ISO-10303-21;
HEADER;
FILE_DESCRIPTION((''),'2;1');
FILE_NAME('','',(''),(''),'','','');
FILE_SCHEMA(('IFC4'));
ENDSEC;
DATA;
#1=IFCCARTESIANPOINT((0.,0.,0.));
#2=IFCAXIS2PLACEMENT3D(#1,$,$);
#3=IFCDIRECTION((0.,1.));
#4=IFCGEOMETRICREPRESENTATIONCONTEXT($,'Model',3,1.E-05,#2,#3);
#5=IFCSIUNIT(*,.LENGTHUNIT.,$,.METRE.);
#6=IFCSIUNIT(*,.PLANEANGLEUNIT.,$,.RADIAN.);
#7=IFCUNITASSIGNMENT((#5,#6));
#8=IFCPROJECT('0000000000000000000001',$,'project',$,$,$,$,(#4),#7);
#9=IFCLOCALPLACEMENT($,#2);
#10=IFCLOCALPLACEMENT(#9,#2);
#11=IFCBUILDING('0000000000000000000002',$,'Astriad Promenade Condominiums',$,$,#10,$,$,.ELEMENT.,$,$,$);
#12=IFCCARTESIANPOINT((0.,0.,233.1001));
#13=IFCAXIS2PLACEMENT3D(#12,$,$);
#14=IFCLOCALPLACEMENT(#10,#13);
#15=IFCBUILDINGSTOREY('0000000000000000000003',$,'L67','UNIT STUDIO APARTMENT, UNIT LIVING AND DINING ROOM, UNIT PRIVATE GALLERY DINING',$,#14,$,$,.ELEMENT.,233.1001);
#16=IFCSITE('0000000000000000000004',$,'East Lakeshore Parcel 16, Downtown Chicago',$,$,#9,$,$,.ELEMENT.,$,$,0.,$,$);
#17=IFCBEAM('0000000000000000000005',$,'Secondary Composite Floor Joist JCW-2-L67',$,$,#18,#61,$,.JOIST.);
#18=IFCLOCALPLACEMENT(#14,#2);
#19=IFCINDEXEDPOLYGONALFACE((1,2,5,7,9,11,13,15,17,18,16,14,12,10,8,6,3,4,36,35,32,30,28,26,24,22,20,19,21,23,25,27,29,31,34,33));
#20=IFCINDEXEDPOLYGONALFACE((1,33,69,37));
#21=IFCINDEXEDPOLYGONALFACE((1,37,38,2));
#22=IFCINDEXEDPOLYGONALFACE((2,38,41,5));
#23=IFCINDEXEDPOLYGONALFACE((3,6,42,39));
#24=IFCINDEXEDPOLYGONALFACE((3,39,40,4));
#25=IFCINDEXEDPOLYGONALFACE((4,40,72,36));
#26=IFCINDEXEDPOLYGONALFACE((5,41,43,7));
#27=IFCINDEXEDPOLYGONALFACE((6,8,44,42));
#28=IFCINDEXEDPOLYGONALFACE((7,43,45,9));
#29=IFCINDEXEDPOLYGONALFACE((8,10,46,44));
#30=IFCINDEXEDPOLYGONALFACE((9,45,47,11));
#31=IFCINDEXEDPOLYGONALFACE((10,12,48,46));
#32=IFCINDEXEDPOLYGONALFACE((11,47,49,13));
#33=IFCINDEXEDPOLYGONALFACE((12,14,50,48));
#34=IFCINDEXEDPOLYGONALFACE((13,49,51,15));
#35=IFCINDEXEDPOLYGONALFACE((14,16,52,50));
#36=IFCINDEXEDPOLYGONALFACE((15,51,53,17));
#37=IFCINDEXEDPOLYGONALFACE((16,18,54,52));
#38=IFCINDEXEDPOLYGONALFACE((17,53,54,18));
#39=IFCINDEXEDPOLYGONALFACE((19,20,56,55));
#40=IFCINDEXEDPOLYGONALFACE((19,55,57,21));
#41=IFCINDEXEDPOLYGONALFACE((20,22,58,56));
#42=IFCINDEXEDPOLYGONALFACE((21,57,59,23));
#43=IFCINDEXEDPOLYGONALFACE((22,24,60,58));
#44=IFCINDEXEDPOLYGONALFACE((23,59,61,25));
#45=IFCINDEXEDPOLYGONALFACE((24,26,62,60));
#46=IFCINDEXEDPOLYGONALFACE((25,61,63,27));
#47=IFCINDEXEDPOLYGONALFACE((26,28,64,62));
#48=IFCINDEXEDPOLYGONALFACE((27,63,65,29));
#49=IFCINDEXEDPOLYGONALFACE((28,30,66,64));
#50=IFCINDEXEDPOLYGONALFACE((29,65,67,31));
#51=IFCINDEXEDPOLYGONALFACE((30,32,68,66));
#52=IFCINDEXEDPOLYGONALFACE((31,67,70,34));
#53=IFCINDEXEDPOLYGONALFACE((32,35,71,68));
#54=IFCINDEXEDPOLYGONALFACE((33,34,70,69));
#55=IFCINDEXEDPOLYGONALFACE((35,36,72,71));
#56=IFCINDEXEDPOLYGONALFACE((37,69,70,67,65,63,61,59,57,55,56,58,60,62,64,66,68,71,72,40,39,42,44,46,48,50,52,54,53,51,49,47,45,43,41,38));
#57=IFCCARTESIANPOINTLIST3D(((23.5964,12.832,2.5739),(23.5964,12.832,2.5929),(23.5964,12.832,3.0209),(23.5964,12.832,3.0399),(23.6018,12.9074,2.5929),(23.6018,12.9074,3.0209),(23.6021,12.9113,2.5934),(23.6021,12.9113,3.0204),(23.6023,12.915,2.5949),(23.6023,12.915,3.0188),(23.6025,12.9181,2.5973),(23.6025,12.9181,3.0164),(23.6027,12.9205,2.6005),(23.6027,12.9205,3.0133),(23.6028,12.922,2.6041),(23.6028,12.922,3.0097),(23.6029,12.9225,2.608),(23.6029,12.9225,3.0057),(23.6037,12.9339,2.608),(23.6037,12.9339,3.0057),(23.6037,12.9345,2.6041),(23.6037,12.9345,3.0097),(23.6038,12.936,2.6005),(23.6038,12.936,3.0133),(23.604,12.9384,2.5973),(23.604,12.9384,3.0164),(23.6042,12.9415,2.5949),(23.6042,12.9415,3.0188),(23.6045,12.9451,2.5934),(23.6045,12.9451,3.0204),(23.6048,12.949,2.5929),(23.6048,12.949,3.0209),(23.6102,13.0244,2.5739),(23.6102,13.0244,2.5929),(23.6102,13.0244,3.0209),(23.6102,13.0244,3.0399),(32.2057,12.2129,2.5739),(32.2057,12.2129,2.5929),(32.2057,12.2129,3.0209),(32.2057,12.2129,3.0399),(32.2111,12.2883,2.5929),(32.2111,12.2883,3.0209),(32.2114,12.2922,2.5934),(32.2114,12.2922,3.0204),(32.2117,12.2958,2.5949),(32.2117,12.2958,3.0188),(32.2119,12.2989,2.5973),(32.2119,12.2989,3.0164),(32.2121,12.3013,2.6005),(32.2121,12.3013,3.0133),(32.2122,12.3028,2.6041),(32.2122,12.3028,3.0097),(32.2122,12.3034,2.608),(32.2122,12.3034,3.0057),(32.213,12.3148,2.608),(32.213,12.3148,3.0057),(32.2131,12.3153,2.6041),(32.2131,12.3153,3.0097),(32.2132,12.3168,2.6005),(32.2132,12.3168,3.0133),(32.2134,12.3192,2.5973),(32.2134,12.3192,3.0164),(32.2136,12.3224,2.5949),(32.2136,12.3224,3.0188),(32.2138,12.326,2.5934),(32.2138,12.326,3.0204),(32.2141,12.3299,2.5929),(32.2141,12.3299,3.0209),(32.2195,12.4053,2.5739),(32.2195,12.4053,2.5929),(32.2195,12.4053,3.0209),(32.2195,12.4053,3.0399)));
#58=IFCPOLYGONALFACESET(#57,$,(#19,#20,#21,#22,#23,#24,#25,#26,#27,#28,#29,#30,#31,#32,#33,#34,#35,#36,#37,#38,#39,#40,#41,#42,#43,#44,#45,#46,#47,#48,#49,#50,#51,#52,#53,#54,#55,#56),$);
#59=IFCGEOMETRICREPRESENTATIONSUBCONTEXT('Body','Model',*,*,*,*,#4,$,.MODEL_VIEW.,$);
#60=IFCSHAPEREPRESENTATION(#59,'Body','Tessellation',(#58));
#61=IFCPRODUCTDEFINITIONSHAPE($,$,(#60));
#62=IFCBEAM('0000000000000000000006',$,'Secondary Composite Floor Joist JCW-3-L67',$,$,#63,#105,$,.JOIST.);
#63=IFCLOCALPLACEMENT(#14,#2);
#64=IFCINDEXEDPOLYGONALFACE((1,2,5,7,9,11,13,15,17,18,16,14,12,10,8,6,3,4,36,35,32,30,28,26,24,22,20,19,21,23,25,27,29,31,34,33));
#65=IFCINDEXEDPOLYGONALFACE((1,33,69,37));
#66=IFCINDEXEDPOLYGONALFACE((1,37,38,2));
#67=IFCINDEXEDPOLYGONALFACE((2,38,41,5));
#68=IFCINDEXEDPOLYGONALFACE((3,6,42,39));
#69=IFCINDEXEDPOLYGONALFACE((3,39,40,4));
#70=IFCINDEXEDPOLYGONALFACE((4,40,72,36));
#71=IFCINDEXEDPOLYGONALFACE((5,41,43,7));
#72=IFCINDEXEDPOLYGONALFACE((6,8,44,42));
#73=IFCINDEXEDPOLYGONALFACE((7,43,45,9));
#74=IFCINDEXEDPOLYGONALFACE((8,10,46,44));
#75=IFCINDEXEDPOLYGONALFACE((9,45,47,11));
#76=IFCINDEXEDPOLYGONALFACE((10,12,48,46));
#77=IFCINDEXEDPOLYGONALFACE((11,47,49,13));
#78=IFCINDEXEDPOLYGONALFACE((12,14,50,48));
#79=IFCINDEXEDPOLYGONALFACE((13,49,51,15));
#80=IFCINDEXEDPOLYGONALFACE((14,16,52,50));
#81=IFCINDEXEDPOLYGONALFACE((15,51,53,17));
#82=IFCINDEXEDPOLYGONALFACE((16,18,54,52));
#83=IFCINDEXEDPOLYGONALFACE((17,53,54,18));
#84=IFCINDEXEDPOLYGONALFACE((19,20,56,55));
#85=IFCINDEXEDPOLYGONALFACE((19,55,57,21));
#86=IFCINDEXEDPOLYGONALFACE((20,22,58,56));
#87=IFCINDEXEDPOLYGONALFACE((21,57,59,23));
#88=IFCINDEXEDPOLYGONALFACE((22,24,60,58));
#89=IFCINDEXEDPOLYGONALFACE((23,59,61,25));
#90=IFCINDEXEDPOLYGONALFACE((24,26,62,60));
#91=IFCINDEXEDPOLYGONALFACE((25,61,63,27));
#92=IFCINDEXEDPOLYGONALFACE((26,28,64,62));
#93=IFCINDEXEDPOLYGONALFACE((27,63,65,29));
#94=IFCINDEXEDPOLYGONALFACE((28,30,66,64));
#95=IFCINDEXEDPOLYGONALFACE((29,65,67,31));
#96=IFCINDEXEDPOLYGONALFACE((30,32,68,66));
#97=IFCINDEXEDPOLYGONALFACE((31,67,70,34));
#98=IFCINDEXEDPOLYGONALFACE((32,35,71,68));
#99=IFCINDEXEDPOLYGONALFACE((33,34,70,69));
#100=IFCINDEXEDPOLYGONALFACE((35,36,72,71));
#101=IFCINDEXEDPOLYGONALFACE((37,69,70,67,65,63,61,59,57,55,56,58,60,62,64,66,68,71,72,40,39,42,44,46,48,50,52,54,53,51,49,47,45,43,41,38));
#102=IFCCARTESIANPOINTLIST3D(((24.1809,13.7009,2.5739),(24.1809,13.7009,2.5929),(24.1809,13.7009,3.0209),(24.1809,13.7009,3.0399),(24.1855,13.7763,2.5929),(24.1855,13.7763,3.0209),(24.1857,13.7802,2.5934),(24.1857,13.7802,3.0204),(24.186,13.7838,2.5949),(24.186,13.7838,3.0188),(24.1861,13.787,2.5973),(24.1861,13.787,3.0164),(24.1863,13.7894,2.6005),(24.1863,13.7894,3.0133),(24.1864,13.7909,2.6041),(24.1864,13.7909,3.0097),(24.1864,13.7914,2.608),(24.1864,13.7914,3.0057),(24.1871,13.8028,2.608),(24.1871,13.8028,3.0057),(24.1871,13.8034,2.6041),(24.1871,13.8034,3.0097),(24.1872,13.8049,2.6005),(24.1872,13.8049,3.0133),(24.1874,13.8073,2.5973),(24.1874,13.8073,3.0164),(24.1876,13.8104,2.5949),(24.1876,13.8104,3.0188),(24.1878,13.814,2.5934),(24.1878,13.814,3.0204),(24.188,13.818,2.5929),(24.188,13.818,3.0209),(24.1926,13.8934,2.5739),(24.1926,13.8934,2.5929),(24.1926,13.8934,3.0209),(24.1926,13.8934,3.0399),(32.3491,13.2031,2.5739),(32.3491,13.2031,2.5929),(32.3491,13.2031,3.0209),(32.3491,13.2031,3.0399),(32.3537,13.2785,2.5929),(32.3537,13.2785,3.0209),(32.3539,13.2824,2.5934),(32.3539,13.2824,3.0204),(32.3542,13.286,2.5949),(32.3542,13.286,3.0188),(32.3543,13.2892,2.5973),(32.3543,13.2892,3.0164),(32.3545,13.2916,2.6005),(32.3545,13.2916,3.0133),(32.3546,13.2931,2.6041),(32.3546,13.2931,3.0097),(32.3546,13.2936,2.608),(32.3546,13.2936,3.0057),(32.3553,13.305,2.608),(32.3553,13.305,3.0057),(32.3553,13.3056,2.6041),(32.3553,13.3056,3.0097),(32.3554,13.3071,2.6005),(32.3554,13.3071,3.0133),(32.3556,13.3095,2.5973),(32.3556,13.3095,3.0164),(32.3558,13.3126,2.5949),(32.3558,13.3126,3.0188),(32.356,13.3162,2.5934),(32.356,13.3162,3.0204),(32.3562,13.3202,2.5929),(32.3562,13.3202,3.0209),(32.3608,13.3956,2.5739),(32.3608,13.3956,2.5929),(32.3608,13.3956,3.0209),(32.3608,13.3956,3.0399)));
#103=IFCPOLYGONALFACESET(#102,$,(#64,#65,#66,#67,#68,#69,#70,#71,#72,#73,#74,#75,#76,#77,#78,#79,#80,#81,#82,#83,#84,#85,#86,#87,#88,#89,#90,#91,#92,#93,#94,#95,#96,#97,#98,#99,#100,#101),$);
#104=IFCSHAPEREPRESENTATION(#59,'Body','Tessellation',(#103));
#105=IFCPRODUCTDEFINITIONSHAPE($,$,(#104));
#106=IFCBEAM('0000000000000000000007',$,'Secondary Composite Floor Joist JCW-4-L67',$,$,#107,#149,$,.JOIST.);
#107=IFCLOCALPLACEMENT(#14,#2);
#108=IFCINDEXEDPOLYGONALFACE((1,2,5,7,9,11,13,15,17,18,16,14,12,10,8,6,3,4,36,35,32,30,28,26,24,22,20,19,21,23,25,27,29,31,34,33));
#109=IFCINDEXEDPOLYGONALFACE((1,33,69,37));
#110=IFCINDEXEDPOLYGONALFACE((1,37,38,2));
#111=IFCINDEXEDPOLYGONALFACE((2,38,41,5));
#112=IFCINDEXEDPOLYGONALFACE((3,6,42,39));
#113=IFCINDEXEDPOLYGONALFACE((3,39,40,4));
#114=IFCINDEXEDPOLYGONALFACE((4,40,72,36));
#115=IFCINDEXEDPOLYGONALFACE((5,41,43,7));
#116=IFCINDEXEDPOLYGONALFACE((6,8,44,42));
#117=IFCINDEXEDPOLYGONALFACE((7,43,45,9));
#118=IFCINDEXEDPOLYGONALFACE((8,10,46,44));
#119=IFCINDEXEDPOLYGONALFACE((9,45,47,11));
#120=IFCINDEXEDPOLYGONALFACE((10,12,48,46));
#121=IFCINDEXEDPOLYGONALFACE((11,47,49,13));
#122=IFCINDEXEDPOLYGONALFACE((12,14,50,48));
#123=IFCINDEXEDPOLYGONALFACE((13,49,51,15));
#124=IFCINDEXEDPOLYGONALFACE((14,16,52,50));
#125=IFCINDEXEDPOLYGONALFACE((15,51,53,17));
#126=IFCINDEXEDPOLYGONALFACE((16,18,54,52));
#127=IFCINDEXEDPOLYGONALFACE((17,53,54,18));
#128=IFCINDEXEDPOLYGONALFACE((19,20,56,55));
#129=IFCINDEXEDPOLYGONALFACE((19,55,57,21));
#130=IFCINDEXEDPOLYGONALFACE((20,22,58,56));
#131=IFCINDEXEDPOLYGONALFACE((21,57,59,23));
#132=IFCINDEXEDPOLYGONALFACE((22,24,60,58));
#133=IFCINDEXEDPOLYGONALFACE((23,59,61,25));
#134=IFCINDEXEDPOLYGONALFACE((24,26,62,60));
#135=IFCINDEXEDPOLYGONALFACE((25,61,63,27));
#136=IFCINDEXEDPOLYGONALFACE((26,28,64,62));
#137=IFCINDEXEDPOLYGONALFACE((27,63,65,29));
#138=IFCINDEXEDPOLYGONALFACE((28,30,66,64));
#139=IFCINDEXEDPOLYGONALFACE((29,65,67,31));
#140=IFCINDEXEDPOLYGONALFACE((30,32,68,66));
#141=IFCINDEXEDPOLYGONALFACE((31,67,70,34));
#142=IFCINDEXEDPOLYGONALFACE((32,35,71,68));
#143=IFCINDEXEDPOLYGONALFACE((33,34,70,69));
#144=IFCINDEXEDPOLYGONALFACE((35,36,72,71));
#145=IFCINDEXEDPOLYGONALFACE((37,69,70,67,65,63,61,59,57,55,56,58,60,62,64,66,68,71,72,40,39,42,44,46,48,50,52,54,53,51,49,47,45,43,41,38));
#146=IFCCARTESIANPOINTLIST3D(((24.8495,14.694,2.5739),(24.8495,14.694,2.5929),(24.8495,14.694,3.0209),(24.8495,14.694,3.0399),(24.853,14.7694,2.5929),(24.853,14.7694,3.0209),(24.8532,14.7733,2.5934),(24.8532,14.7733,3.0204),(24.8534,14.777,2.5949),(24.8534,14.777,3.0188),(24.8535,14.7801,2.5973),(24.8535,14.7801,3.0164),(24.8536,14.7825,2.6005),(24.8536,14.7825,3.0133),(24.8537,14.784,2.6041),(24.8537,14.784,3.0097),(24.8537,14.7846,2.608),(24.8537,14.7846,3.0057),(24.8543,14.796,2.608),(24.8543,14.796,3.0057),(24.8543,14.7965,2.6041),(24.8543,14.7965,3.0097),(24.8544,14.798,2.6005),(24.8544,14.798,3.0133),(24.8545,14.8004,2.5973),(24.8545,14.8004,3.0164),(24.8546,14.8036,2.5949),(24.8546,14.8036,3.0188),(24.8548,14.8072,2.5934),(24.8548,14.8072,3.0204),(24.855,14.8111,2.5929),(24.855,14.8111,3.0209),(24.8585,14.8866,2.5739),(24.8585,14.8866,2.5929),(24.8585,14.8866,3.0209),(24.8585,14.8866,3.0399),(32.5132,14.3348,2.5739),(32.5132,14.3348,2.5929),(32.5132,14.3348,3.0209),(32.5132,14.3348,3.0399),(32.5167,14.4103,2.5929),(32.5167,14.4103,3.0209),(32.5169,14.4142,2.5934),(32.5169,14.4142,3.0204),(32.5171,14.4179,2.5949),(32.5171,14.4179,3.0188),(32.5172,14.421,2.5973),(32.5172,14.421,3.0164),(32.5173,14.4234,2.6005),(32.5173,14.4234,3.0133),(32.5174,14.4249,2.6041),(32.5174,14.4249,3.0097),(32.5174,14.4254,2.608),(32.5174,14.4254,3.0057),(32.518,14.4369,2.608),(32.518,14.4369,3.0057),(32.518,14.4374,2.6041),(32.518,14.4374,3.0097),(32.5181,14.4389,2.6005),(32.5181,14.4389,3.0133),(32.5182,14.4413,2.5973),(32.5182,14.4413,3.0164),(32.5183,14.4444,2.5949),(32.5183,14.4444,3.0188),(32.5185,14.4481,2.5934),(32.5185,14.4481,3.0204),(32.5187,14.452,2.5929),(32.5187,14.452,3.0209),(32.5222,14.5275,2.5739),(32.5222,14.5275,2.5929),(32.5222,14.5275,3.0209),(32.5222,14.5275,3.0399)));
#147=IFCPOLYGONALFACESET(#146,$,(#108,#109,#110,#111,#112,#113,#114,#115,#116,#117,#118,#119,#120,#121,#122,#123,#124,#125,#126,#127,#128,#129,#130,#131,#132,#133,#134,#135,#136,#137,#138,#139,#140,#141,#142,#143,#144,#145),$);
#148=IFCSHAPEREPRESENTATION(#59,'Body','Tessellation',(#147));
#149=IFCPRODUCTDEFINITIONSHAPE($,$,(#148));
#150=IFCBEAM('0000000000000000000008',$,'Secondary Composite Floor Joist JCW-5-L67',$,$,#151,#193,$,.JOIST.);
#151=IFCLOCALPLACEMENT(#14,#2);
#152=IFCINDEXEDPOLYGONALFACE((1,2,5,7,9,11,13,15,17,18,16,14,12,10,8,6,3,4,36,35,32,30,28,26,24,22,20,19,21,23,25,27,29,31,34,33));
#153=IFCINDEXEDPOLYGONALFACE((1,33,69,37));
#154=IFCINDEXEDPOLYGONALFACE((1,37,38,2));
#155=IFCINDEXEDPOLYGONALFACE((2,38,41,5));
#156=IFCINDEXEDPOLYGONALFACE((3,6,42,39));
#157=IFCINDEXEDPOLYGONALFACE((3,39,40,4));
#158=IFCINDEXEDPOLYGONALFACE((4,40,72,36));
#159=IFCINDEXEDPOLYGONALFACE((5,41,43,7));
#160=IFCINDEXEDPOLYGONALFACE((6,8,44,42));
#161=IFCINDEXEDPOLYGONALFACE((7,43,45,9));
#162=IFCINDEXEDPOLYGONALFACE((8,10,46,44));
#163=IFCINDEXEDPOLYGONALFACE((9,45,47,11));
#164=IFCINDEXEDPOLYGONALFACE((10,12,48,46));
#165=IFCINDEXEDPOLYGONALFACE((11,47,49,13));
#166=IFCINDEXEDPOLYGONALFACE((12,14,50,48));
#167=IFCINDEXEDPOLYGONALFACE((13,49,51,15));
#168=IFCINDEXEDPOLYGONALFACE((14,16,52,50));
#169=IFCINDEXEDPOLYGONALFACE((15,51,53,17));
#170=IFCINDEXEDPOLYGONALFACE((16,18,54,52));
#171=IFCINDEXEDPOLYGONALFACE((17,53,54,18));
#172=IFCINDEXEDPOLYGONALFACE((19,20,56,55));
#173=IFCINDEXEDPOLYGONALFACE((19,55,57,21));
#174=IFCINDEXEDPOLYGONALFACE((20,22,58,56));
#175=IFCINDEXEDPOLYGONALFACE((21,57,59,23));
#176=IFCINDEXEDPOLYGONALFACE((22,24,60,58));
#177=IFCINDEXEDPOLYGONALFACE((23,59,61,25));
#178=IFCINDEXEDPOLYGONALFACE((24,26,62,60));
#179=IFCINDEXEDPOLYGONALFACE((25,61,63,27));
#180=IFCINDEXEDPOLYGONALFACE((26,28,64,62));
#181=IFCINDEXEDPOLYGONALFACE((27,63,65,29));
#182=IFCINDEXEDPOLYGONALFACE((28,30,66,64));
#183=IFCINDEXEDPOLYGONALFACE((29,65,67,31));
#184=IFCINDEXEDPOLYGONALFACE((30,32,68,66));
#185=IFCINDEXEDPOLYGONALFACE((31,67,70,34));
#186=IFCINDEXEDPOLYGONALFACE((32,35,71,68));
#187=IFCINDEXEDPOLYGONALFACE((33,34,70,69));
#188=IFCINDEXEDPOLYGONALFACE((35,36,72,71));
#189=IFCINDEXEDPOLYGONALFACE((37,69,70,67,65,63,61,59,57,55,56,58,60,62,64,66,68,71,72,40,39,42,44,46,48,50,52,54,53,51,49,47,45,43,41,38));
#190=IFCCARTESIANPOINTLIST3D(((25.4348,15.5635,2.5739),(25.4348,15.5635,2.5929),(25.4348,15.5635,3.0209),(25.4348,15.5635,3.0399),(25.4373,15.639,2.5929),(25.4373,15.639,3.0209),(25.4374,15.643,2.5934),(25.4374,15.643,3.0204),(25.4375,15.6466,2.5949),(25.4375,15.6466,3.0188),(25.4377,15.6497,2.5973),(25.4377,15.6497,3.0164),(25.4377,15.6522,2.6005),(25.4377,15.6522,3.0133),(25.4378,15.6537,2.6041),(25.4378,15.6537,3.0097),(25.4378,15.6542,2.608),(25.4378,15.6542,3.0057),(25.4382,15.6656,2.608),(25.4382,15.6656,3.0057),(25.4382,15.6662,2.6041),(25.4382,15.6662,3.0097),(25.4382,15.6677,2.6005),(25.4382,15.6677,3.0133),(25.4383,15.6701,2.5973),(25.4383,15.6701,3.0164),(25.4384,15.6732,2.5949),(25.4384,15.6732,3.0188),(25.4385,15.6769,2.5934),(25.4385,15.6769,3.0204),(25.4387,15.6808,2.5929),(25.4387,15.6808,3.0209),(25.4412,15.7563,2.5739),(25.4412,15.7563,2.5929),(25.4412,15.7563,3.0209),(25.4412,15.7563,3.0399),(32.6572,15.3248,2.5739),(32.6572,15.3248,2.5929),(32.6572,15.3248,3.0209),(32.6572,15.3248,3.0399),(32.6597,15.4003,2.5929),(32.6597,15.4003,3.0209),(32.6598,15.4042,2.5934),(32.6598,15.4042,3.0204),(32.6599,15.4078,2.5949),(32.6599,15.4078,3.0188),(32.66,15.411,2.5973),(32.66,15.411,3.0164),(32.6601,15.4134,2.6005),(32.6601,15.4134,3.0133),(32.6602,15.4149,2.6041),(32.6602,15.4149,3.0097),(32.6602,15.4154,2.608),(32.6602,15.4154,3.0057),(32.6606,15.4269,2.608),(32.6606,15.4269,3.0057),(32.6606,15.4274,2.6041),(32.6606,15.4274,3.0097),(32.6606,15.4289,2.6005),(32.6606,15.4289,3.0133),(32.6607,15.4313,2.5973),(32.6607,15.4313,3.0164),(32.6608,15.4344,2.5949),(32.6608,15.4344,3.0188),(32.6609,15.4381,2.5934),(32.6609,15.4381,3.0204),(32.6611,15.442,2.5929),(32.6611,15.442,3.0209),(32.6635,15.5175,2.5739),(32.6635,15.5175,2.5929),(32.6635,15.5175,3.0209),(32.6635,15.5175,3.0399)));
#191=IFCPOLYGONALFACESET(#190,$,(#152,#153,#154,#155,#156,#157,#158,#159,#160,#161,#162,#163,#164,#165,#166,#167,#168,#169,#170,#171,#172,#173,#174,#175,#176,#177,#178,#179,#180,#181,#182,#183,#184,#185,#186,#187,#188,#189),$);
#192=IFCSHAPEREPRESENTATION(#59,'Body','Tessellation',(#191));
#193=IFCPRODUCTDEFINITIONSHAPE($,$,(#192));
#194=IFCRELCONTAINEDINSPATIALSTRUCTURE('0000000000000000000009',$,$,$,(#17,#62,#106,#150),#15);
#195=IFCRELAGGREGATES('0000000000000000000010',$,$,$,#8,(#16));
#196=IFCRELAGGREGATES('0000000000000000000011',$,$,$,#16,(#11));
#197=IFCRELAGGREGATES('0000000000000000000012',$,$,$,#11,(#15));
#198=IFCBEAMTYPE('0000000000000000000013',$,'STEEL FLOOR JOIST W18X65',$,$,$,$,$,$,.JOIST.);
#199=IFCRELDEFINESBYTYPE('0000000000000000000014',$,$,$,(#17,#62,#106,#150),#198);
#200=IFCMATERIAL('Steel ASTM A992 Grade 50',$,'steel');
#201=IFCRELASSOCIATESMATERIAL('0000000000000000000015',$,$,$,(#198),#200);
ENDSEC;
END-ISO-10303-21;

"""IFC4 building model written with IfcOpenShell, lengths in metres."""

from ifc_helpers import new_model, si_unit, direction, frame, origin, origin_2d, place, context, subcontext, project, spatial, i_section, extrude, source, transform, mapped, material, material_profile, profile_set, type_object, element, save


model = new_model("IFC4")

# Units and contexts
model_context = context("Model", 3, precision=1e-05, world=origin(), true_north=direction((0.0, 1.0)))
body_context = subcontext(model_context, "Body", "Model", "MODEL_VIEW")
ifc_project = project(units=[si_unit("LENGTHUNIT", "METRE"), si_unit("PLANEANGLEUNIT", "RADIAN")], contexts=[model_context])

# Site, building, storey
site_placement = place(None, origin())
site = spatial("IfcSite", under=ifc_project, at=site_placement, Name="East Lakeshore Parcel 16, Downtown Chicago", CompositionType="ELEMENT", RefElevation=0.0)
building_placement = place(site_placement, origin())
building = spatial("IfcBuilding", under=site, at=building_placement, Name="Astriad Promenade Condominiums", CompositionType="ELEMENT")
storey_placement = place(building_placement, frame((0.0, 0.0, 233.1001)))
storey = spatial("IfcBuildingStorey", under=building, at=storey_placement, Name="L67", Description="UNIT STUDIO APARTMENT, UNIT LIVING AND DINING ROOM, UNIT PRIVATE GALLERY DINING", CompositionType="ELEMENT", Elevation=233.1001)

# Beams
ifc_material_1 = material(Name="Steel ASTM A992 Grade 50", Category="steel")
ifc_material_profile_1 = material_profile(ifc_material_1, i_section(OverallWidth=0.1929, OverallDepth=0.4661, WebThickness=0.0115, FlangeThickness=0.019, FilletRadius=0.0151, at=origin_2d()), Name="W18X65")
ifc_profile_set_1 = profile_set([ifc_material_profile_1], Name="Steel ASTM A992 Grade 50")
beam_type_1 = type_object("IfcBeamType", Name="STEEL FLOOR JOIST W18X65", PredefinedType="JOIST", material=ifc_profile_set_1)
shared_shape_1 = source(origin(), body_context, "Body", "SweptSolid", [
    extrude(i_section(OverallWidth=0.1929, OverallDepth=0.4661, WebThickness=0.0115, FlangeThickness=0.019, FilletRadius=0.0151, at=origin_2d()), origin(), (0.0, 0.0, 1.0), 8.6316),
])
beam_1_placement = place(storey_placement, frame((23.6033, 12.9282, 2.8069), z_axis=(0.997424, -0.071729, 0.0), x_axis=(0.071729, 0.997424, 0.0)))
element("IfcBeam", 1, at=beam_1_placement, inside=storey, type_object=beam_type_1, Name="Secondary Composite Floor Joist JCW-2-L67", PredefinedType="JOIST", context=body_context, shape_type="MappedRepresentation", body=[
    mapped(shared_shape_1, transform((0.0, 0.0, 0.0), scale=1.0)),
])
shared_shape_2 = source(origin(), body_context, "Body", "SweptSolid", [
    extrude(i_section(OverallWidth=0.1929, OverallDepth=0.4661, WebThickness=0.0115, FlangeThickness=0.019, FilletRadius=0.0151, at=origin_2d()), origin(), (0.0, 0.0, 1.0), 8.1833),
])
beam_2_placement = place(storey_placement, frame((24.1868, 13.7971, 2.8069), z_axis=(0.998148, -0.060831, 0.0), x_axis=(0.060831, 0.998148, 0.0)))
element("IfcBeam", 2, at=beam_2_placement, inside=storey, type_object=beam_type_1, Name="Secondary Composite Floor Joist JCW-3-L67", PredefinedType="JOIST", context=body_context, shape_type="MappedRepresentation", body=[
    mapped(shared_shape_2, transform((0.0, 0.0, 0.0), scale=1.0)),
])
shared_shape_3 = source(origin(), body_context, "Body", "SweptSolid", [
    extrude(i_section(OverallWidth=0.1929, OverallDepth=0.4661, WebThickness=0.0115, FlangeThickness=0.019, FilletRadius=0.0151, at=origin_2d()), origin(), (0.0, 0.0, 1.0), 7.6721),
])
beam_3_placement = place(storey_placement, frame((24.854, 14.7903, 2.8069), z_axis=(0.998904, -0.046809, 0.0), x_axis=(0.046809, 0.998904, 0.0)))
element("IfcBeam", 3, at=beam_3_placement, inside=storey, type_object=beam_type_1, Name="Secondary Composite Floor Joist JCW-4-L67", PredefinedType="JOIST", context=body_context, shape_type="MappedRepresentation", body=[
    mapped(shared_shape_3, transform((0.0, 0.0, 0.0), scale=1.0)),
])
shared_shape_4 = source(origin(), body_context, "Body", "SweptSolid", [
    extrude(i_section(OverallWidth=0.1929, OverallDepth=0.4661, WebThickness=0.0115, FlangeThickness=0.019, FilletRadius=0.0151, at=origin_2d()), origin(), (0.0, 0.0, 1.0), 7.2263),
])
beam_4_placement = place(storey_placement, frame((25.438, 15.6599, 2.8069), z_axis=(0.999454, -0.033041, 0.0), x_axis=(0.033041, 0.999454, 0.0)))
element("IfcBeam", 4, at=beam_4_placement, inside=storey, type_object=beam_type_1, Name="Secondary Composite Floor Joist JCW-5-L67", PredefinedType="JOIST", context=body_context, shape_type="MappedRepresentation", body=[
    mapped(shared_shape_4, transform((0.0, 0.0, 0.0), scale=1.0)),
])

save(model, "model.ifc")
